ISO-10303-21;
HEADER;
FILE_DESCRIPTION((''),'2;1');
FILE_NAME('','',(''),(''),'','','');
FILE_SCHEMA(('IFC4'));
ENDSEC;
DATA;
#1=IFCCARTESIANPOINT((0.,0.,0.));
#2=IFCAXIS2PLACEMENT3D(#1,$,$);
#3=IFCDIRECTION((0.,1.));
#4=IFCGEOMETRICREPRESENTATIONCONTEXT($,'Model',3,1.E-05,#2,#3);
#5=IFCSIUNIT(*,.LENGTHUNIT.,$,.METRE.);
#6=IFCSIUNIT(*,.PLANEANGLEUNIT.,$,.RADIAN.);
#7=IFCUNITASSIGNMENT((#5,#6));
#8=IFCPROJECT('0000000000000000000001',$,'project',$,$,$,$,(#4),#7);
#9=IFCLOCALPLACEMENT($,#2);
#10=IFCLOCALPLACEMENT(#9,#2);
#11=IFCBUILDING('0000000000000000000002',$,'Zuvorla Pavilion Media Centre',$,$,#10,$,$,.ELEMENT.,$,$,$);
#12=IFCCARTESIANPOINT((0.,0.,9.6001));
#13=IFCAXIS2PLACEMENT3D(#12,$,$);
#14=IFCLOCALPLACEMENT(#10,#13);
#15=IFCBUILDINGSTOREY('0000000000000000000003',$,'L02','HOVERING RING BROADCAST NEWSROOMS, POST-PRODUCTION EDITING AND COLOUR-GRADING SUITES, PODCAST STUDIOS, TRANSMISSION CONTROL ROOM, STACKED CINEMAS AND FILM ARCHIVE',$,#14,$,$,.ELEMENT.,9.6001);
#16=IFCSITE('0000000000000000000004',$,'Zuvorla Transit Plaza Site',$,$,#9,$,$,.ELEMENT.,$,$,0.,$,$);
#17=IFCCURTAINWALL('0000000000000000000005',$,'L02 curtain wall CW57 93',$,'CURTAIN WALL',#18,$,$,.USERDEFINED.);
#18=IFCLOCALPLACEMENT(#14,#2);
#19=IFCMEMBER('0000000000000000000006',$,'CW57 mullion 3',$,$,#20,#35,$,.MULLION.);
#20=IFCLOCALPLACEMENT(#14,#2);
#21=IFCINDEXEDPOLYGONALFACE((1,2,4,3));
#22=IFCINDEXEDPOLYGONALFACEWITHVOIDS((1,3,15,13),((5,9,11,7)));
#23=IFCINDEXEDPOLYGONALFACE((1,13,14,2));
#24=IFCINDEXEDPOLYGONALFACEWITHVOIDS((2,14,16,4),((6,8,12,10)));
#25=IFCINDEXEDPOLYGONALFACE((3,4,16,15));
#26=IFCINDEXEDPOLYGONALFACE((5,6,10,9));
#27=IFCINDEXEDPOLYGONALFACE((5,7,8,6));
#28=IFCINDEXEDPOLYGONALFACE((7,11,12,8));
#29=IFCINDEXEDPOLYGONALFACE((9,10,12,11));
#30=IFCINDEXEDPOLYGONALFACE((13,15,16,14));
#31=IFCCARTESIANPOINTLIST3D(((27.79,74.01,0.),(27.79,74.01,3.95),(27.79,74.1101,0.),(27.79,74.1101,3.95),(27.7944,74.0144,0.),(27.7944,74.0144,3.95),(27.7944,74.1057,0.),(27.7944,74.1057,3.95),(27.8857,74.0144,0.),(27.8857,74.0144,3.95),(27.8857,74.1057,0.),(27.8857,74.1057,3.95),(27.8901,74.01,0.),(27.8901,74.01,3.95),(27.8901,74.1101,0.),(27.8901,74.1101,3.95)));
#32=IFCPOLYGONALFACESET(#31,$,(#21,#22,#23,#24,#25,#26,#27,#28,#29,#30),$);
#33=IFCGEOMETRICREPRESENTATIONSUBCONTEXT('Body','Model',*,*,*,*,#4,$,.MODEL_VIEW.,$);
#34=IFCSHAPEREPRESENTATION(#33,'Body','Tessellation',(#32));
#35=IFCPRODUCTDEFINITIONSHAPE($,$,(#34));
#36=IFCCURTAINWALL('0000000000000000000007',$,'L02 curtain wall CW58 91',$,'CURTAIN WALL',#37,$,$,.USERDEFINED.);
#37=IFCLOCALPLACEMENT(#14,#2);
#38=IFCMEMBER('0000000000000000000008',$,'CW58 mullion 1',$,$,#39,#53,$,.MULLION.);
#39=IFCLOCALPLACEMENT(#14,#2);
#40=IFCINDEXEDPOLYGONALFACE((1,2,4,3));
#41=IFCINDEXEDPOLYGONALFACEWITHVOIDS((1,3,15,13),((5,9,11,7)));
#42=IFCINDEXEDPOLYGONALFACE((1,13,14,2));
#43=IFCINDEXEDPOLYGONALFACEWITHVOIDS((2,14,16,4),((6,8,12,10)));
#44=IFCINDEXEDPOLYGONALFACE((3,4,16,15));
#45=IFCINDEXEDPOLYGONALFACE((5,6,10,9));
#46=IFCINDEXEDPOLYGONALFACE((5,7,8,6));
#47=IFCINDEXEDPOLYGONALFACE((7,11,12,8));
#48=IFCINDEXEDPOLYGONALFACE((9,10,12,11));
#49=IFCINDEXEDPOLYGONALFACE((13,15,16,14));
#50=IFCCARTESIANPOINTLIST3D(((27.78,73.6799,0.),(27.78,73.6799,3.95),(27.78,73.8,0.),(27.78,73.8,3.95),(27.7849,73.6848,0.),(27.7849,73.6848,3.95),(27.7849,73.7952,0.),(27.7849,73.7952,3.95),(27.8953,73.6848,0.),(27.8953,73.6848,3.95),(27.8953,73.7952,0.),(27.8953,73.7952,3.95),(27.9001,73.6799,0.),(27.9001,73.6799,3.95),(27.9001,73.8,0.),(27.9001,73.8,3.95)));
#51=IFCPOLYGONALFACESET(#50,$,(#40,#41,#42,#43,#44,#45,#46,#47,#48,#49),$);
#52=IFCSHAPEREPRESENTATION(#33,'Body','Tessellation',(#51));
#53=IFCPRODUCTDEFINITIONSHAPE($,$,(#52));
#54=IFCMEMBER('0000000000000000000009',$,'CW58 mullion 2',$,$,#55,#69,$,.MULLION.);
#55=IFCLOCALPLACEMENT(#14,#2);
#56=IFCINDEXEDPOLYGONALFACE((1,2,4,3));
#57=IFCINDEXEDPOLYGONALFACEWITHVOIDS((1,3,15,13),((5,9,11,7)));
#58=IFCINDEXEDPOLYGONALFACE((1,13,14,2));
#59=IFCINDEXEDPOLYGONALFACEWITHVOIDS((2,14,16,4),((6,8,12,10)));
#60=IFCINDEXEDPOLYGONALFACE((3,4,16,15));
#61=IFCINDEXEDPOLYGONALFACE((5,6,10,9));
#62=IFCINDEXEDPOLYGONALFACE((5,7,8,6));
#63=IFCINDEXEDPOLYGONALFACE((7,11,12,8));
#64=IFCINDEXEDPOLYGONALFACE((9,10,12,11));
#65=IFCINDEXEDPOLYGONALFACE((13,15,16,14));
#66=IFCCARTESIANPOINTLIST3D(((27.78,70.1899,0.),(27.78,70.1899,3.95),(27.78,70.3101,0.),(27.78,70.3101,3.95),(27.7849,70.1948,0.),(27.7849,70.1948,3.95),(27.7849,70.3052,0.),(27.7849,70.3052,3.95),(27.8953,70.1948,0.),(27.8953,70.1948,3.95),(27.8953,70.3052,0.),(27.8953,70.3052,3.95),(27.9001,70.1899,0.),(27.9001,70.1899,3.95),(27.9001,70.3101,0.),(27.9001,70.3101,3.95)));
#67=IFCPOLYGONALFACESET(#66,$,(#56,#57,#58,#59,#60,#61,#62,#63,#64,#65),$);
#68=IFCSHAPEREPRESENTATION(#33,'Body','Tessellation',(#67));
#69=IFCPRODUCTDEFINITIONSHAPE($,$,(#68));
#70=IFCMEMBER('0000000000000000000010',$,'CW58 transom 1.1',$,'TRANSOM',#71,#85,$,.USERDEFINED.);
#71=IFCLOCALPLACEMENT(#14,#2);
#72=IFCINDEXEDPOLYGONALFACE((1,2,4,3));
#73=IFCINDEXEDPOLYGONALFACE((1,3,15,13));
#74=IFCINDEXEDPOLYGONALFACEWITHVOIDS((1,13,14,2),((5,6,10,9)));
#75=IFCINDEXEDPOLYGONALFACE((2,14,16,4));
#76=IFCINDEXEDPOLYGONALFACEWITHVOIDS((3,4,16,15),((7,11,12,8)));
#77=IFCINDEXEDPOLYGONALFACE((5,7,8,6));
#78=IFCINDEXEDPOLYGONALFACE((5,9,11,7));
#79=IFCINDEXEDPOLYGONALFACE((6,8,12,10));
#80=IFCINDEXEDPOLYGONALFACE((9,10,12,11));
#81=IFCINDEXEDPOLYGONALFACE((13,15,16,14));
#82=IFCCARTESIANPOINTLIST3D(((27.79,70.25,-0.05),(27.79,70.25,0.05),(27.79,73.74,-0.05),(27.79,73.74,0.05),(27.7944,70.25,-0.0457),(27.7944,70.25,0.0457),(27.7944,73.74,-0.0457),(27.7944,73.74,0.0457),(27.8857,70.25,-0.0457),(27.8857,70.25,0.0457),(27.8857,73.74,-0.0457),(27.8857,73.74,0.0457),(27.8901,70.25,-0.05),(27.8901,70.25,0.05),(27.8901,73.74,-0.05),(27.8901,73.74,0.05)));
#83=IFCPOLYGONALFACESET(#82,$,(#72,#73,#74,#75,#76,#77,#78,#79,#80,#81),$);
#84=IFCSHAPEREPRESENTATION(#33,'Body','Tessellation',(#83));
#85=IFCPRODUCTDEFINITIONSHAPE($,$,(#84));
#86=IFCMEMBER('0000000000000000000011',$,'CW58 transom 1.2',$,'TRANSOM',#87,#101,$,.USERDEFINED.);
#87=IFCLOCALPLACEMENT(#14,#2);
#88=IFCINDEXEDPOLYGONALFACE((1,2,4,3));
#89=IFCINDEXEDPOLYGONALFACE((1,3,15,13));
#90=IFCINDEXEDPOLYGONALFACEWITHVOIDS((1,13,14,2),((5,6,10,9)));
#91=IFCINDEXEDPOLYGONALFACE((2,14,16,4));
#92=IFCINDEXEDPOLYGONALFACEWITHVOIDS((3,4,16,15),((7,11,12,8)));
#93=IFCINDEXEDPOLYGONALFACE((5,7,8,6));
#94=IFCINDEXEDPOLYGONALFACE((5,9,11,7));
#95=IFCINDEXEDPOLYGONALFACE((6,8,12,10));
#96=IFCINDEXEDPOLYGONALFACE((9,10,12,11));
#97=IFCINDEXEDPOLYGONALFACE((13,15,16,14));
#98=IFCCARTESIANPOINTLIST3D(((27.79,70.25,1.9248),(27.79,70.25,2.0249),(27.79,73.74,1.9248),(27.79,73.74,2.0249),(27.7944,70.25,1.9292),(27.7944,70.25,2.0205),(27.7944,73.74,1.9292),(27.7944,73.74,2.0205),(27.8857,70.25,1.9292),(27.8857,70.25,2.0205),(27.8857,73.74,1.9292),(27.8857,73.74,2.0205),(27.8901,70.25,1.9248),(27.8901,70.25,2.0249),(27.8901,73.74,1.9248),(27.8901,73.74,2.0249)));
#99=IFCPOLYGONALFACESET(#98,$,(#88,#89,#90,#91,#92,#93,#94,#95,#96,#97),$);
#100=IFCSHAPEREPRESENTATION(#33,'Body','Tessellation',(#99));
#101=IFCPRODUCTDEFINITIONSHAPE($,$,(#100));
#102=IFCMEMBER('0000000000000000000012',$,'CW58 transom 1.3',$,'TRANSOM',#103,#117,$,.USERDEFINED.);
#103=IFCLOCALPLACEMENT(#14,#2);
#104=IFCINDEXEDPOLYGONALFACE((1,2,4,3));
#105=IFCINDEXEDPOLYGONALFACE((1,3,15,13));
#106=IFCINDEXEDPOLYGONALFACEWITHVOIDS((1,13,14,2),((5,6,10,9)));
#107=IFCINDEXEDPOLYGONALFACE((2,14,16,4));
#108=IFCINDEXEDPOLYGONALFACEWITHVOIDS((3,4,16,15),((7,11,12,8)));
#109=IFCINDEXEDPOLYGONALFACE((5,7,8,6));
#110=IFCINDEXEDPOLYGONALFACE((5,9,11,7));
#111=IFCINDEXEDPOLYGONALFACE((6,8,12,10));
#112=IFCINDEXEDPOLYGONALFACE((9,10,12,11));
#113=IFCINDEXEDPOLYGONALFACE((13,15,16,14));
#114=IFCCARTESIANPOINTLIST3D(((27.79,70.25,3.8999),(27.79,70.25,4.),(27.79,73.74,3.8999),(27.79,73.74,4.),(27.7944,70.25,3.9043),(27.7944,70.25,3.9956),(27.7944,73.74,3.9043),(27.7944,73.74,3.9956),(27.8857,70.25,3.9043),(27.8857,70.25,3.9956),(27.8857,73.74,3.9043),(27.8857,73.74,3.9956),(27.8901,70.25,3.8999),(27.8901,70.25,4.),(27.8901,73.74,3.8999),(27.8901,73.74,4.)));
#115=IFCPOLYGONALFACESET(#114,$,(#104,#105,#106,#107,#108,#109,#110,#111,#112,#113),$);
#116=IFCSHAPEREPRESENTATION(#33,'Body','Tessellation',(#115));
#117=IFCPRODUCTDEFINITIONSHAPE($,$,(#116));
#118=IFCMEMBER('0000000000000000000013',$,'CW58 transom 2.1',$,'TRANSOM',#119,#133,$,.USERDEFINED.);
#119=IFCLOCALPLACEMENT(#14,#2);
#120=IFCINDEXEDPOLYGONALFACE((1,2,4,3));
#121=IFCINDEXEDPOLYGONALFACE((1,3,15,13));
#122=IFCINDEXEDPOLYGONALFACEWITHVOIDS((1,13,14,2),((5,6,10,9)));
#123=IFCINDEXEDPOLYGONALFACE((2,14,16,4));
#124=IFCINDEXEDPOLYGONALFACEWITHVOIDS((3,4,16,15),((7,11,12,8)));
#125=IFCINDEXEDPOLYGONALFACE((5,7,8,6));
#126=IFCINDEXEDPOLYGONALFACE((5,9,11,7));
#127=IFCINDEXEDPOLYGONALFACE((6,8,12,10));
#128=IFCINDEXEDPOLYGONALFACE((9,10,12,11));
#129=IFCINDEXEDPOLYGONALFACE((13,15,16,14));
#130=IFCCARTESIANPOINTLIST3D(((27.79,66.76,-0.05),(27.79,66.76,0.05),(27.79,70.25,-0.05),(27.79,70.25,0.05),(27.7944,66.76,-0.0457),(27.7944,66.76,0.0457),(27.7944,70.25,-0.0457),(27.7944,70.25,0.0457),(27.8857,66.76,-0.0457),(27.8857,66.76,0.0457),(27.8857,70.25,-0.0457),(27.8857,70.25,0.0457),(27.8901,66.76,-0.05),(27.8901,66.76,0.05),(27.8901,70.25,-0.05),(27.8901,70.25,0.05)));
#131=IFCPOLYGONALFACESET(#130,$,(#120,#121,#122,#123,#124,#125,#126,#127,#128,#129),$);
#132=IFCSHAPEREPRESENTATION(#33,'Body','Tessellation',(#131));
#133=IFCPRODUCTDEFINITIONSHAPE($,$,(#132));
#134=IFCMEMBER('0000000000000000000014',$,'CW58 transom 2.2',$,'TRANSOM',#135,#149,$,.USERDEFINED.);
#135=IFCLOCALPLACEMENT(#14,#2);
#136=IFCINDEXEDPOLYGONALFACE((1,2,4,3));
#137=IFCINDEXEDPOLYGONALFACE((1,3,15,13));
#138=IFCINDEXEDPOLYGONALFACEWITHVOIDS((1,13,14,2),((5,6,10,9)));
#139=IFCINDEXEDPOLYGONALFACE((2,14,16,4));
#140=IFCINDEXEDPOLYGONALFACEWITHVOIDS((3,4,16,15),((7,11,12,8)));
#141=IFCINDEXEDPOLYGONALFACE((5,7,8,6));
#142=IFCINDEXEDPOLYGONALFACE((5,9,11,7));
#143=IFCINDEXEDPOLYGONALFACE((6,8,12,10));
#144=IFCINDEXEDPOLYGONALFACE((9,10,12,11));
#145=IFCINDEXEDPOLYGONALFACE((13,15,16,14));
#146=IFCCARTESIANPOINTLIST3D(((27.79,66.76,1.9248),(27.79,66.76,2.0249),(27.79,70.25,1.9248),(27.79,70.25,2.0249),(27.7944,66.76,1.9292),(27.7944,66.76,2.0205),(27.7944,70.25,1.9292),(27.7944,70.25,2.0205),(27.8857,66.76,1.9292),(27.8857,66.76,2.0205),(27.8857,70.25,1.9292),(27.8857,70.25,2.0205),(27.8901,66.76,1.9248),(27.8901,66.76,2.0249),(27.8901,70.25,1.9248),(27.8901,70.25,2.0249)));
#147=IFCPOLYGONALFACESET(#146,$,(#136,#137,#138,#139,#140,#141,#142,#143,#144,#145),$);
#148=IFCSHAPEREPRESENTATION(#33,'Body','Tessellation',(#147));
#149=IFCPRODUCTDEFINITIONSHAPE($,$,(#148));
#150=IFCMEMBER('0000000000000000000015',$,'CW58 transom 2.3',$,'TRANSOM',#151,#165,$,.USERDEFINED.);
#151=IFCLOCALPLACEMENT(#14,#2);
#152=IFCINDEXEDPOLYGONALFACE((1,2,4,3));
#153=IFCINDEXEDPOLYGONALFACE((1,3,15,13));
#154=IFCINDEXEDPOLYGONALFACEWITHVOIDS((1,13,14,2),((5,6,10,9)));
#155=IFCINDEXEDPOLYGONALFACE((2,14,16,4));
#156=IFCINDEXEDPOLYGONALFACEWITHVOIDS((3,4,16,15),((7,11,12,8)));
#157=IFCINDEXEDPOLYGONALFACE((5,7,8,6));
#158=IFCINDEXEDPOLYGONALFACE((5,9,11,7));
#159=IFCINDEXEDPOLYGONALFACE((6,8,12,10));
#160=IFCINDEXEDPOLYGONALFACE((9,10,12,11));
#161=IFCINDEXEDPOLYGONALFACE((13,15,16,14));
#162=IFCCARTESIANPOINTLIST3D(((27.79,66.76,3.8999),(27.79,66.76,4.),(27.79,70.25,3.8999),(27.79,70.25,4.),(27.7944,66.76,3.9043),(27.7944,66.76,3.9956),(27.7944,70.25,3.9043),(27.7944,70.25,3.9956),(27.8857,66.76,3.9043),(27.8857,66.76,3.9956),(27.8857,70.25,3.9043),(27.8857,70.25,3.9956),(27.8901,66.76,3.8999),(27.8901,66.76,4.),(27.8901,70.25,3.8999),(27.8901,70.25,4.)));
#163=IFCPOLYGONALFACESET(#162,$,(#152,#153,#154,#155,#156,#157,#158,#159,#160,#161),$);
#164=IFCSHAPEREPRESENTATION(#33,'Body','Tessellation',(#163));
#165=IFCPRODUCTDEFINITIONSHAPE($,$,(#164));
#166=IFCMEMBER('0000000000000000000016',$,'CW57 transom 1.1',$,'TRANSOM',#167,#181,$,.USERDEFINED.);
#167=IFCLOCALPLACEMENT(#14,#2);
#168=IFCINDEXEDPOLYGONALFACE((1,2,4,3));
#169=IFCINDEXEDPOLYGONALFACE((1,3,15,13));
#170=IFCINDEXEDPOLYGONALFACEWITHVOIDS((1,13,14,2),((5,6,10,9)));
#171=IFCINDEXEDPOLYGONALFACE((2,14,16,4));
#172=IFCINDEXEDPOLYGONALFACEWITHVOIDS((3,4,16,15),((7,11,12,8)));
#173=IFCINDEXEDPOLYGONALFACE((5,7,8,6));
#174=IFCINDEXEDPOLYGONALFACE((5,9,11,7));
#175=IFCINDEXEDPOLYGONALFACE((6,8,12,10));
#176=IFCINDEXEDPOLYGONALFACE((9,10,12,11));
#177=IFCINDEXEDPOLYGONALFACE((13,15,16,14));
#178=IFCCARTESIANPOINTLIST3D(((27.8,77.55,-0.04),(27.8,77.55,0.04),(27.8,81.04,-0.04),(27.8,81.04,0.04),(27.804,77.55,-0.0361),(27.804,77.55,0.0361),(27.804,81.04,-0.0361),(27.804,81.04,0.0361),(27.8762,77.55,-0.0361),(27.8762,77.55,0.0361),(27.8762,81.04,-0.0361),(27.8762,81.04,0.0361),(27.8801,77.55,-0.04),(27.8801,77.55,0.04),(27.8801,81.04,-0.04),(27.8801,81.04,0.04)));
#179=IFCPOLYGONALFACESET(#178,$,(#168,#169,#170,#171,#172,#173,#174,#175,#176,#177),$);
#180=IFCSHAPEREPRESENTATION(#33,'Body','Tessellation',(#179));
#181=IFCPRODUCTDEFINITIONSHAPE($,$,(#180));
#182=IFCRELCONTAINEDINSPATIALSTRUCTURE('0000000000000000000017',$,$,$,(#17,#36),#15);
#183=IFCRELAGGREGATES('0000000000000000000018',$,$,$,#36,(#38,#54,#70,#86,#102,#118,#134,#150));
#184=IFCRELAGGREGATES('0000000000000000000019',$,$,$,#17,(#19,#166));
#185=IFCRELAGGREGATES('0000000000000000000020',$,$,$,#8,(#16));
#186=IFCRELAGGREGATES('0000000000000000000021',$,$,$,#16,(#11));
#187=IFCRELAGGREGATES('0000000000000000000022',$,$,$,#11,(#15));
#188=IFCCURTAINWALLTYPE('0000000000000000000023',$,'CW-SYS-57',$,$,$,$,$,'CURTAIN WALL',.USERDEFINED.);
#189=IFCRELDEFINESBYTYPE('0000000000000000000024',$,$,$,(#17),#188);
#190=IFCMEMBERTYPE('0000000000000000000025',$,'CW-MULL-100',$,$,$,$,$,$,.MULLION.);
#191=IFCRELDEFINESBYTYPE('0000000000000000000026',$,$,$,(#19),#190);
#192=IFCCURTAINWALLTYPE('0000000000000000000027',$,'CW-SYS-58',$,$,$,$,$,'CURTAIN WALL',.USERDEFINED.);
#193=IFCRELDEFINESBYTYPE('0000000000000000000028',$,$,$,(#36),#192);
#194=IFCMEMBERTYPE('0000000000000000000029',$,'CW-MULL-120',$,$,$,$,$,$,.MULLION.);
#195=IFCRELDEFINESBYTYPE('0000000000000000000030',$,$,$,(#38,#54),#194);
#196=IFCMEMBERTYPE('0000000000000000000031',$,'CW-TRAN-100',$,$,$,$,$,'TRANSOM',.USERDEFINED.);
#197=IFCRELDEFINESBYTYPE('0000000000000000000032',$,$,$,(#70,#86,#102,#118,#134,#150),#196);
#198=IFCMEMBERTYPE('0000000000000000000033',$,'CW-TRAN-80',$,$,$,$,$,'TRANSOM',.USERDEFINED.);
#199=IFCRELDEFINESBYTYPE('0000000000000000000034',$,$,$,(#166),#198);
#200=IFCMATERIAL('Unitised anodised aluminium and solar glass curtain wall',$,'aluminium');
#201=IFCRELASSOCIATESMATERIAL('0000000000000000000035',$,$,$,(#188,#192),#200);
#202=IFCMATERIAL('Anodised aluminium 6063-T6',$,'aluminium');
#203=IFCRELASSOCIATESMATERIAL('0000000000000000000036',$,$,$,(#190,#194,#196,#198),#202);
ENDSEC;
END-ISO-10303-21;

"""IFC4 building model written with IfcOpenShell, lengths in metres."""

from ifc_helpers import new_model, si_unit, direction, frame, origin, origin_2d, place, context, subcontext, project, spatial, hollow_rectangle, extrude, material, material_profile, profile_set, type_object, element, aggregate, save


model = new_model("IFC4")

# Units and contexts
model_context = context("Model", 3, precision=1e-05, world=origin(), true_north=direction((0.0, 1.0)))
body_context = subcontext(model_context, "Body", "Model", "MODEL_VIEW")
ifc_project = project(units=[si_unit("LENGTHUNIT", "METRE"), si_unit("PLANEANGLEUNIT", "RADIAN")], contexts=[model_context])

# Site, building, storey
site_placement = place(None, origin())
site = spatial("IfcSite", under=ifc_project, at=site_placement, Name="Zuvorla Transit Plaza Site", CompositionType="ELEMENT", RefElevation=0.0)
building_placement = place(site_placement, origin())
building = spatial("IfcBuilding", under=site, at=building_placement, Name="Zuvorla Pavilion Media Centre", CompositionType="ELEMENT")
storey_placement = place(building_placement, frame((0.0, 0.0, 9.6001)))
storey = spatial("IfcBuildingStorey", under=building, at=storey_placement, Name="L02", Description="HOVERING RING BROADCAST NEWSROOMS, POST-PRODUCTION EDITING AND COLOUR-GRADING SUITES, PODCAST STUDIOS, TRANSMISSION CONTROL ROOM, STACKED CINEMAS AND FILM ARCHIVE", CompositionType="ELEMENT", Elevation=9.6001)

# Curtain walls, members
ifc_material_1 = material(Name="Unitised anodised aluminium and solar glass curtain wall", Category="aluminium")
curtain_wall_type_1 = type_object("IfcCurtainWallType", Name="CW-SYS-57", ElementType="CURTAIN WALL", PredefinedType="USERDEFINED", material=ifc_material_1)
curtain_wall_1_placement = place(storey_placement, origin())
curtain_wall_1 = element("IfcCurtainWall", 1, at=curtain_wall_1_placement, inside=storey, type_object=curtain_wall_type_1, Name="L02 curtain wall CW57 93", ObjectType="CURTAIN WALL", PredefinedType="USERDEFINED")
ifc_material_2 = material(Name="Anodised aluminium 6063-T6", Category="aluminium")
ifc_material_profile_1 = material_profile(ifc_material_2, hollow_rectangle(XDim=0.1001, YDim=0.1001, WallThickness=0.0044, at=origin_2d()), Name="ALU MULL 100x100")
ifc_profile_set_1 = profile_set([ifc_material_profile_1], Name="Anodised aluminium 6063-T6")
member_type_1 = type_object("IfcMemberType", Name="CW-MULL-100", PredefinedType="MULLION", material=ifc_profile_set_1)
member_1_placement = place(storey_placement, frame((27.8401, 74.0601, 0.0), z_axis=(0.0, 0.0, 1.0), x_axis=(1.0, 0.0, 0.0)))
member_1 = element("IfcMember", 2, at=member_1_placement, type_object=member_type_1, Name="CW57 mullion 3", PredefinedType="MULLION", context=body_context, shape_type="SweptSolid", body=[
    extrude(hollow_rectangle(XDim=0.1001, YDim=0.1001, WallThickness=0.0044, at=origin_2d()), origin(), (0.0, 0.0, 1.0), 3.95),
])
curtain_wall_type_2 = type_object("IfcCurtainWallType", Name="CW-SYS-58", ElementType="CURTAIN WALL", PredefinedType="USERDEFINED", material=ifc_material_1)
curtain_wall_2_placement = place(storey_placement, origin())
curtain_wall_2 = element("IfcCurtainWall", 3, at=curtain_wall_2_placement, inside=storey, type_object=curtain_wall_type_2, Name="L02 curtain wall CW58 91", ObjectType="CURTAIN WALL", PredefinedType="USERDEFINED")
ifc_material_profile_2 = material_profile(ifc_material_2, hollow_rectangle(XDim=0.1201, YDim=0.1201, WallThickness=0.0049, at=origin_2d()), Name="ALU MULL 120x120")
ifc_profile_set_2 = profile_set([ifc_material_profile_2], Name="Anodised aluminium 6063-T6")
member_type_2 = type_object("IfcMemberType", Name="CW-MULL-120", PredefinedType="MULLION", material=ifc_profile_set_2)
member_2_placement = place(storey_placement, frame((27.8401, 73.74, 0.0), z_axis=(0.0, 0.0, 1.0), x_axis=(1.0, 0.0, 0.0)))
member_2 = element("IfcMember", 4, at=member_2_placement, type_object=member_type_2, Name="CW58 mullion 1", PredefinedType="MULLION", context=body_context, shape_type="SweptSolid", body=[
    extrude(hollow_rectangle(XDim=0.1201, YDim=0.1201, WallThickness=0.0049, at=origin_2d()), origin(), (0.0, 0.0, 1.0), 3.95),
])
member_3_placement = place(storey_placement, frame((27.8401, 70.25, 0.0), z_axis=(0.0, 0.0, 1.0), x_axis=(1.0, 0.0, 0.0)))
member_3 = element("IfcMember", 5, at=member_3_placement, type_object=member_type_2, Name="CW58 mullion 2", PredefinedType="MULLION", context=body_context, shape_type="SweptSolid", body=[
    extrude(hollow_rectangle(XDim=0.1201, YDim=0.1201, WallThickness=0.0049, at=origin_2d()), origin(), (0.0, 0.0, 1.0), 3.95),
])
ifc_material_profile_3 = material_profile(ifc_material_2, hollow_rectangle(XDim=0.1001, YDim=0.1001, WallThickness=0.0044, at=origin_2d()), Name="ALU TRAN 100x100")
ifc_profile_set_3 = profile_set([ifc_material_profile_3], Name="Anodised aluminium 6063-T6")
member_type_3 = type_object("IfcMemberType", Name="CW-TRAN-100", ElementType="TRANSOM", PredefinedType="USERDEFINED", material=ifc_profile_set_3)
member_4_placement = place(storey_placement, frame((27.8401, 73.74, 0.0), z_axis=(0.0, -1.0, 0.0), x_axis=(1.0, 0.0, 0.0)))
member_4 = element("IfcMember", 6, at=member_4_placement, type_object=member_type_3, Name="CW58 transom 1.1", ObjectType="TRANSOM", PredefinedType="USERDEFINED", context=body_context, shape_type="SweptSolid", body=[
    extrude(hollow_rectangle(XDim=0.1001, YDim=0.1001, WallThickness=0.0044, at=origin_2d()), origin(), (0.0, 0.0, 1.0), 3.49),
])
member_5_placement = place(storey_placement, frame((27.8401, 73.74, 1.9749), z_axis=(0.0, -1.0, 0.0), x_axis=(1.0, 0.0, 0.0)))
member_5 = element("IfcMember", 7, at=member_5_placement, type_object=member_type_3, Name="CW58 transom 1.2", ObjectType="TRANSOM", PredefinedType="USERDEFINED", context=body_context, shape_type="SweptSolid", body=[
    extrude(hollow_rectangle(XDim=0.1001, YDim=0.1001, WallThickness=0.0044, at=origin_2d()), origin(), (0.0, 0.0, 1.0), 3.49),
])
member_6_placement = place(storey_placement, frame((27.8401, 73.74, 3.95), z_axis=(0.0, -1.0, 0.0), x_axis=(1.0, 0.0, 0.0)))
member_6 = element("IfcMember", 8, at=member_6_placement, type_object=member_type_3, Name="CW58 transom 1.3", ObjectType="TRANSOM", PredefinedType="USERDEFINED", context=body_context, shape_type="SweptSolid", body=[
    extrude(hollow_rectangle(XDim=0.1001, YDim=0.1001, WallThickness=0.0044, at=origin_2d()), origin(), (0.0, 0.0, 1.0), 3.49),
])
member_7_placement = place(storey_placement, frame((27.8401, 70.25, 0.0), z_axis=(0.0, -1.0, 0.0), x_axis=(1.0, 0.0, 0.0)))
member_7 = element("IfcMember", 9, at=member_7_placement, type_object=member_type_3, Name="CW58 transom 2.1", ObjectType="TRANSOM", PredefinedType="USERDEFINED", context=body_context, shape_type="SweptSolid", body=[
    extrude(hollow_rectangle(XDim=0.1001, YDim=0.1001, WallThickness=0.0044, at=origin_2d()), origin(), (0.0, 0.0, 1.0), 3.49),
])
member_8_placement = place(storey_placement, frame((27.8401, 70.25, 1.9749), z_axis=(0.0, -1.0, 0.0), x_axis=(1.0, 0.0, 0.0)))
member_8 = element("IfcMember", 10, at=member_8_placement, type_object=member_type_3, Name="CW58 transom 2.2", ObjectType="TRANSOM", PredefinedType="USERDEFINED", context=body_context, shape_type="SweptSolid", body=[
    extrude(hollow_rectangle(XDim=0.1001, YDim=0.1001, WallThickness=0.0044, at=origin_2d()), origin(), (0.0, 0.0, 1.0), 3.49),
])
member_9_placement = place(storey_placement, frame((27.8401, 70.25, 3.95), z_axis=(0.0, -1.0, 0.0), x_axis=(1.0, 0.0, 0.0)))
member_9 = element("IfcMember", 11, at=member_9_placement, type_object=member_type_3, Name="CW58 transom 2.3", ObjectType="TRANSOM", PredefinedType="USERDEFINED", context=body_context, shape_type="SweptSolid", body=[
    extrude(hollow_rectangle(XDim=0.1001, YDim=0.1001, WallThickness=0.0044, at=origin_2d()), origin(), (0.0, 0.0, 1.0), 3.49),
])

# Member
ifc_material_profile_4 = material_profile(ifc_material_2, hollow_rectangle(XDim=0.0801, YDim=0.0801, WallThickness=0.0039, at=origin_2d()), Name="ALU TRAN 80x80")
ifc_profile_set_4 = profile_set([ifc_material_profile_4], Name="Anodised aluminium 6063-T6")
member_type_4 = type_object("IfcMemberType", Name="CW-TRAN-80", ElementType="TRANSOM", PredefinedType="USERDEFINED", material=ifc_profile_set_4)
member_10_placement = place(storey_placement, frame((27.8401, 81.04, 0.0), z_axis=(0.0, -1.0, 0.0), x_axis=(1.0, 0.0, 0.0)))
member_10 = element("IfcMember", 12, at=member_10_placement, type_object=member_type_4, Name="CW57 transom 1.1", ObjectType="TRANSOM", PredefinedType="USERDEFINED", context=body_context, shape_type="SweptSolid", body=[
    extrude(hollow_rectangle(XDim=0.0801, YDim=0.0801, WallThickness=0.0039, at=origin_2d()), origin(), (0.0, 0.0, 1.0), 3.49),
])

aggregate(curtain_wall_2, [member_2, member_3, member_4, member_5, member_6, member_7, member_8, member_9])
aggregate(curtain_wall_1, [member_1, member_10])

save(model, "model.ifc")
